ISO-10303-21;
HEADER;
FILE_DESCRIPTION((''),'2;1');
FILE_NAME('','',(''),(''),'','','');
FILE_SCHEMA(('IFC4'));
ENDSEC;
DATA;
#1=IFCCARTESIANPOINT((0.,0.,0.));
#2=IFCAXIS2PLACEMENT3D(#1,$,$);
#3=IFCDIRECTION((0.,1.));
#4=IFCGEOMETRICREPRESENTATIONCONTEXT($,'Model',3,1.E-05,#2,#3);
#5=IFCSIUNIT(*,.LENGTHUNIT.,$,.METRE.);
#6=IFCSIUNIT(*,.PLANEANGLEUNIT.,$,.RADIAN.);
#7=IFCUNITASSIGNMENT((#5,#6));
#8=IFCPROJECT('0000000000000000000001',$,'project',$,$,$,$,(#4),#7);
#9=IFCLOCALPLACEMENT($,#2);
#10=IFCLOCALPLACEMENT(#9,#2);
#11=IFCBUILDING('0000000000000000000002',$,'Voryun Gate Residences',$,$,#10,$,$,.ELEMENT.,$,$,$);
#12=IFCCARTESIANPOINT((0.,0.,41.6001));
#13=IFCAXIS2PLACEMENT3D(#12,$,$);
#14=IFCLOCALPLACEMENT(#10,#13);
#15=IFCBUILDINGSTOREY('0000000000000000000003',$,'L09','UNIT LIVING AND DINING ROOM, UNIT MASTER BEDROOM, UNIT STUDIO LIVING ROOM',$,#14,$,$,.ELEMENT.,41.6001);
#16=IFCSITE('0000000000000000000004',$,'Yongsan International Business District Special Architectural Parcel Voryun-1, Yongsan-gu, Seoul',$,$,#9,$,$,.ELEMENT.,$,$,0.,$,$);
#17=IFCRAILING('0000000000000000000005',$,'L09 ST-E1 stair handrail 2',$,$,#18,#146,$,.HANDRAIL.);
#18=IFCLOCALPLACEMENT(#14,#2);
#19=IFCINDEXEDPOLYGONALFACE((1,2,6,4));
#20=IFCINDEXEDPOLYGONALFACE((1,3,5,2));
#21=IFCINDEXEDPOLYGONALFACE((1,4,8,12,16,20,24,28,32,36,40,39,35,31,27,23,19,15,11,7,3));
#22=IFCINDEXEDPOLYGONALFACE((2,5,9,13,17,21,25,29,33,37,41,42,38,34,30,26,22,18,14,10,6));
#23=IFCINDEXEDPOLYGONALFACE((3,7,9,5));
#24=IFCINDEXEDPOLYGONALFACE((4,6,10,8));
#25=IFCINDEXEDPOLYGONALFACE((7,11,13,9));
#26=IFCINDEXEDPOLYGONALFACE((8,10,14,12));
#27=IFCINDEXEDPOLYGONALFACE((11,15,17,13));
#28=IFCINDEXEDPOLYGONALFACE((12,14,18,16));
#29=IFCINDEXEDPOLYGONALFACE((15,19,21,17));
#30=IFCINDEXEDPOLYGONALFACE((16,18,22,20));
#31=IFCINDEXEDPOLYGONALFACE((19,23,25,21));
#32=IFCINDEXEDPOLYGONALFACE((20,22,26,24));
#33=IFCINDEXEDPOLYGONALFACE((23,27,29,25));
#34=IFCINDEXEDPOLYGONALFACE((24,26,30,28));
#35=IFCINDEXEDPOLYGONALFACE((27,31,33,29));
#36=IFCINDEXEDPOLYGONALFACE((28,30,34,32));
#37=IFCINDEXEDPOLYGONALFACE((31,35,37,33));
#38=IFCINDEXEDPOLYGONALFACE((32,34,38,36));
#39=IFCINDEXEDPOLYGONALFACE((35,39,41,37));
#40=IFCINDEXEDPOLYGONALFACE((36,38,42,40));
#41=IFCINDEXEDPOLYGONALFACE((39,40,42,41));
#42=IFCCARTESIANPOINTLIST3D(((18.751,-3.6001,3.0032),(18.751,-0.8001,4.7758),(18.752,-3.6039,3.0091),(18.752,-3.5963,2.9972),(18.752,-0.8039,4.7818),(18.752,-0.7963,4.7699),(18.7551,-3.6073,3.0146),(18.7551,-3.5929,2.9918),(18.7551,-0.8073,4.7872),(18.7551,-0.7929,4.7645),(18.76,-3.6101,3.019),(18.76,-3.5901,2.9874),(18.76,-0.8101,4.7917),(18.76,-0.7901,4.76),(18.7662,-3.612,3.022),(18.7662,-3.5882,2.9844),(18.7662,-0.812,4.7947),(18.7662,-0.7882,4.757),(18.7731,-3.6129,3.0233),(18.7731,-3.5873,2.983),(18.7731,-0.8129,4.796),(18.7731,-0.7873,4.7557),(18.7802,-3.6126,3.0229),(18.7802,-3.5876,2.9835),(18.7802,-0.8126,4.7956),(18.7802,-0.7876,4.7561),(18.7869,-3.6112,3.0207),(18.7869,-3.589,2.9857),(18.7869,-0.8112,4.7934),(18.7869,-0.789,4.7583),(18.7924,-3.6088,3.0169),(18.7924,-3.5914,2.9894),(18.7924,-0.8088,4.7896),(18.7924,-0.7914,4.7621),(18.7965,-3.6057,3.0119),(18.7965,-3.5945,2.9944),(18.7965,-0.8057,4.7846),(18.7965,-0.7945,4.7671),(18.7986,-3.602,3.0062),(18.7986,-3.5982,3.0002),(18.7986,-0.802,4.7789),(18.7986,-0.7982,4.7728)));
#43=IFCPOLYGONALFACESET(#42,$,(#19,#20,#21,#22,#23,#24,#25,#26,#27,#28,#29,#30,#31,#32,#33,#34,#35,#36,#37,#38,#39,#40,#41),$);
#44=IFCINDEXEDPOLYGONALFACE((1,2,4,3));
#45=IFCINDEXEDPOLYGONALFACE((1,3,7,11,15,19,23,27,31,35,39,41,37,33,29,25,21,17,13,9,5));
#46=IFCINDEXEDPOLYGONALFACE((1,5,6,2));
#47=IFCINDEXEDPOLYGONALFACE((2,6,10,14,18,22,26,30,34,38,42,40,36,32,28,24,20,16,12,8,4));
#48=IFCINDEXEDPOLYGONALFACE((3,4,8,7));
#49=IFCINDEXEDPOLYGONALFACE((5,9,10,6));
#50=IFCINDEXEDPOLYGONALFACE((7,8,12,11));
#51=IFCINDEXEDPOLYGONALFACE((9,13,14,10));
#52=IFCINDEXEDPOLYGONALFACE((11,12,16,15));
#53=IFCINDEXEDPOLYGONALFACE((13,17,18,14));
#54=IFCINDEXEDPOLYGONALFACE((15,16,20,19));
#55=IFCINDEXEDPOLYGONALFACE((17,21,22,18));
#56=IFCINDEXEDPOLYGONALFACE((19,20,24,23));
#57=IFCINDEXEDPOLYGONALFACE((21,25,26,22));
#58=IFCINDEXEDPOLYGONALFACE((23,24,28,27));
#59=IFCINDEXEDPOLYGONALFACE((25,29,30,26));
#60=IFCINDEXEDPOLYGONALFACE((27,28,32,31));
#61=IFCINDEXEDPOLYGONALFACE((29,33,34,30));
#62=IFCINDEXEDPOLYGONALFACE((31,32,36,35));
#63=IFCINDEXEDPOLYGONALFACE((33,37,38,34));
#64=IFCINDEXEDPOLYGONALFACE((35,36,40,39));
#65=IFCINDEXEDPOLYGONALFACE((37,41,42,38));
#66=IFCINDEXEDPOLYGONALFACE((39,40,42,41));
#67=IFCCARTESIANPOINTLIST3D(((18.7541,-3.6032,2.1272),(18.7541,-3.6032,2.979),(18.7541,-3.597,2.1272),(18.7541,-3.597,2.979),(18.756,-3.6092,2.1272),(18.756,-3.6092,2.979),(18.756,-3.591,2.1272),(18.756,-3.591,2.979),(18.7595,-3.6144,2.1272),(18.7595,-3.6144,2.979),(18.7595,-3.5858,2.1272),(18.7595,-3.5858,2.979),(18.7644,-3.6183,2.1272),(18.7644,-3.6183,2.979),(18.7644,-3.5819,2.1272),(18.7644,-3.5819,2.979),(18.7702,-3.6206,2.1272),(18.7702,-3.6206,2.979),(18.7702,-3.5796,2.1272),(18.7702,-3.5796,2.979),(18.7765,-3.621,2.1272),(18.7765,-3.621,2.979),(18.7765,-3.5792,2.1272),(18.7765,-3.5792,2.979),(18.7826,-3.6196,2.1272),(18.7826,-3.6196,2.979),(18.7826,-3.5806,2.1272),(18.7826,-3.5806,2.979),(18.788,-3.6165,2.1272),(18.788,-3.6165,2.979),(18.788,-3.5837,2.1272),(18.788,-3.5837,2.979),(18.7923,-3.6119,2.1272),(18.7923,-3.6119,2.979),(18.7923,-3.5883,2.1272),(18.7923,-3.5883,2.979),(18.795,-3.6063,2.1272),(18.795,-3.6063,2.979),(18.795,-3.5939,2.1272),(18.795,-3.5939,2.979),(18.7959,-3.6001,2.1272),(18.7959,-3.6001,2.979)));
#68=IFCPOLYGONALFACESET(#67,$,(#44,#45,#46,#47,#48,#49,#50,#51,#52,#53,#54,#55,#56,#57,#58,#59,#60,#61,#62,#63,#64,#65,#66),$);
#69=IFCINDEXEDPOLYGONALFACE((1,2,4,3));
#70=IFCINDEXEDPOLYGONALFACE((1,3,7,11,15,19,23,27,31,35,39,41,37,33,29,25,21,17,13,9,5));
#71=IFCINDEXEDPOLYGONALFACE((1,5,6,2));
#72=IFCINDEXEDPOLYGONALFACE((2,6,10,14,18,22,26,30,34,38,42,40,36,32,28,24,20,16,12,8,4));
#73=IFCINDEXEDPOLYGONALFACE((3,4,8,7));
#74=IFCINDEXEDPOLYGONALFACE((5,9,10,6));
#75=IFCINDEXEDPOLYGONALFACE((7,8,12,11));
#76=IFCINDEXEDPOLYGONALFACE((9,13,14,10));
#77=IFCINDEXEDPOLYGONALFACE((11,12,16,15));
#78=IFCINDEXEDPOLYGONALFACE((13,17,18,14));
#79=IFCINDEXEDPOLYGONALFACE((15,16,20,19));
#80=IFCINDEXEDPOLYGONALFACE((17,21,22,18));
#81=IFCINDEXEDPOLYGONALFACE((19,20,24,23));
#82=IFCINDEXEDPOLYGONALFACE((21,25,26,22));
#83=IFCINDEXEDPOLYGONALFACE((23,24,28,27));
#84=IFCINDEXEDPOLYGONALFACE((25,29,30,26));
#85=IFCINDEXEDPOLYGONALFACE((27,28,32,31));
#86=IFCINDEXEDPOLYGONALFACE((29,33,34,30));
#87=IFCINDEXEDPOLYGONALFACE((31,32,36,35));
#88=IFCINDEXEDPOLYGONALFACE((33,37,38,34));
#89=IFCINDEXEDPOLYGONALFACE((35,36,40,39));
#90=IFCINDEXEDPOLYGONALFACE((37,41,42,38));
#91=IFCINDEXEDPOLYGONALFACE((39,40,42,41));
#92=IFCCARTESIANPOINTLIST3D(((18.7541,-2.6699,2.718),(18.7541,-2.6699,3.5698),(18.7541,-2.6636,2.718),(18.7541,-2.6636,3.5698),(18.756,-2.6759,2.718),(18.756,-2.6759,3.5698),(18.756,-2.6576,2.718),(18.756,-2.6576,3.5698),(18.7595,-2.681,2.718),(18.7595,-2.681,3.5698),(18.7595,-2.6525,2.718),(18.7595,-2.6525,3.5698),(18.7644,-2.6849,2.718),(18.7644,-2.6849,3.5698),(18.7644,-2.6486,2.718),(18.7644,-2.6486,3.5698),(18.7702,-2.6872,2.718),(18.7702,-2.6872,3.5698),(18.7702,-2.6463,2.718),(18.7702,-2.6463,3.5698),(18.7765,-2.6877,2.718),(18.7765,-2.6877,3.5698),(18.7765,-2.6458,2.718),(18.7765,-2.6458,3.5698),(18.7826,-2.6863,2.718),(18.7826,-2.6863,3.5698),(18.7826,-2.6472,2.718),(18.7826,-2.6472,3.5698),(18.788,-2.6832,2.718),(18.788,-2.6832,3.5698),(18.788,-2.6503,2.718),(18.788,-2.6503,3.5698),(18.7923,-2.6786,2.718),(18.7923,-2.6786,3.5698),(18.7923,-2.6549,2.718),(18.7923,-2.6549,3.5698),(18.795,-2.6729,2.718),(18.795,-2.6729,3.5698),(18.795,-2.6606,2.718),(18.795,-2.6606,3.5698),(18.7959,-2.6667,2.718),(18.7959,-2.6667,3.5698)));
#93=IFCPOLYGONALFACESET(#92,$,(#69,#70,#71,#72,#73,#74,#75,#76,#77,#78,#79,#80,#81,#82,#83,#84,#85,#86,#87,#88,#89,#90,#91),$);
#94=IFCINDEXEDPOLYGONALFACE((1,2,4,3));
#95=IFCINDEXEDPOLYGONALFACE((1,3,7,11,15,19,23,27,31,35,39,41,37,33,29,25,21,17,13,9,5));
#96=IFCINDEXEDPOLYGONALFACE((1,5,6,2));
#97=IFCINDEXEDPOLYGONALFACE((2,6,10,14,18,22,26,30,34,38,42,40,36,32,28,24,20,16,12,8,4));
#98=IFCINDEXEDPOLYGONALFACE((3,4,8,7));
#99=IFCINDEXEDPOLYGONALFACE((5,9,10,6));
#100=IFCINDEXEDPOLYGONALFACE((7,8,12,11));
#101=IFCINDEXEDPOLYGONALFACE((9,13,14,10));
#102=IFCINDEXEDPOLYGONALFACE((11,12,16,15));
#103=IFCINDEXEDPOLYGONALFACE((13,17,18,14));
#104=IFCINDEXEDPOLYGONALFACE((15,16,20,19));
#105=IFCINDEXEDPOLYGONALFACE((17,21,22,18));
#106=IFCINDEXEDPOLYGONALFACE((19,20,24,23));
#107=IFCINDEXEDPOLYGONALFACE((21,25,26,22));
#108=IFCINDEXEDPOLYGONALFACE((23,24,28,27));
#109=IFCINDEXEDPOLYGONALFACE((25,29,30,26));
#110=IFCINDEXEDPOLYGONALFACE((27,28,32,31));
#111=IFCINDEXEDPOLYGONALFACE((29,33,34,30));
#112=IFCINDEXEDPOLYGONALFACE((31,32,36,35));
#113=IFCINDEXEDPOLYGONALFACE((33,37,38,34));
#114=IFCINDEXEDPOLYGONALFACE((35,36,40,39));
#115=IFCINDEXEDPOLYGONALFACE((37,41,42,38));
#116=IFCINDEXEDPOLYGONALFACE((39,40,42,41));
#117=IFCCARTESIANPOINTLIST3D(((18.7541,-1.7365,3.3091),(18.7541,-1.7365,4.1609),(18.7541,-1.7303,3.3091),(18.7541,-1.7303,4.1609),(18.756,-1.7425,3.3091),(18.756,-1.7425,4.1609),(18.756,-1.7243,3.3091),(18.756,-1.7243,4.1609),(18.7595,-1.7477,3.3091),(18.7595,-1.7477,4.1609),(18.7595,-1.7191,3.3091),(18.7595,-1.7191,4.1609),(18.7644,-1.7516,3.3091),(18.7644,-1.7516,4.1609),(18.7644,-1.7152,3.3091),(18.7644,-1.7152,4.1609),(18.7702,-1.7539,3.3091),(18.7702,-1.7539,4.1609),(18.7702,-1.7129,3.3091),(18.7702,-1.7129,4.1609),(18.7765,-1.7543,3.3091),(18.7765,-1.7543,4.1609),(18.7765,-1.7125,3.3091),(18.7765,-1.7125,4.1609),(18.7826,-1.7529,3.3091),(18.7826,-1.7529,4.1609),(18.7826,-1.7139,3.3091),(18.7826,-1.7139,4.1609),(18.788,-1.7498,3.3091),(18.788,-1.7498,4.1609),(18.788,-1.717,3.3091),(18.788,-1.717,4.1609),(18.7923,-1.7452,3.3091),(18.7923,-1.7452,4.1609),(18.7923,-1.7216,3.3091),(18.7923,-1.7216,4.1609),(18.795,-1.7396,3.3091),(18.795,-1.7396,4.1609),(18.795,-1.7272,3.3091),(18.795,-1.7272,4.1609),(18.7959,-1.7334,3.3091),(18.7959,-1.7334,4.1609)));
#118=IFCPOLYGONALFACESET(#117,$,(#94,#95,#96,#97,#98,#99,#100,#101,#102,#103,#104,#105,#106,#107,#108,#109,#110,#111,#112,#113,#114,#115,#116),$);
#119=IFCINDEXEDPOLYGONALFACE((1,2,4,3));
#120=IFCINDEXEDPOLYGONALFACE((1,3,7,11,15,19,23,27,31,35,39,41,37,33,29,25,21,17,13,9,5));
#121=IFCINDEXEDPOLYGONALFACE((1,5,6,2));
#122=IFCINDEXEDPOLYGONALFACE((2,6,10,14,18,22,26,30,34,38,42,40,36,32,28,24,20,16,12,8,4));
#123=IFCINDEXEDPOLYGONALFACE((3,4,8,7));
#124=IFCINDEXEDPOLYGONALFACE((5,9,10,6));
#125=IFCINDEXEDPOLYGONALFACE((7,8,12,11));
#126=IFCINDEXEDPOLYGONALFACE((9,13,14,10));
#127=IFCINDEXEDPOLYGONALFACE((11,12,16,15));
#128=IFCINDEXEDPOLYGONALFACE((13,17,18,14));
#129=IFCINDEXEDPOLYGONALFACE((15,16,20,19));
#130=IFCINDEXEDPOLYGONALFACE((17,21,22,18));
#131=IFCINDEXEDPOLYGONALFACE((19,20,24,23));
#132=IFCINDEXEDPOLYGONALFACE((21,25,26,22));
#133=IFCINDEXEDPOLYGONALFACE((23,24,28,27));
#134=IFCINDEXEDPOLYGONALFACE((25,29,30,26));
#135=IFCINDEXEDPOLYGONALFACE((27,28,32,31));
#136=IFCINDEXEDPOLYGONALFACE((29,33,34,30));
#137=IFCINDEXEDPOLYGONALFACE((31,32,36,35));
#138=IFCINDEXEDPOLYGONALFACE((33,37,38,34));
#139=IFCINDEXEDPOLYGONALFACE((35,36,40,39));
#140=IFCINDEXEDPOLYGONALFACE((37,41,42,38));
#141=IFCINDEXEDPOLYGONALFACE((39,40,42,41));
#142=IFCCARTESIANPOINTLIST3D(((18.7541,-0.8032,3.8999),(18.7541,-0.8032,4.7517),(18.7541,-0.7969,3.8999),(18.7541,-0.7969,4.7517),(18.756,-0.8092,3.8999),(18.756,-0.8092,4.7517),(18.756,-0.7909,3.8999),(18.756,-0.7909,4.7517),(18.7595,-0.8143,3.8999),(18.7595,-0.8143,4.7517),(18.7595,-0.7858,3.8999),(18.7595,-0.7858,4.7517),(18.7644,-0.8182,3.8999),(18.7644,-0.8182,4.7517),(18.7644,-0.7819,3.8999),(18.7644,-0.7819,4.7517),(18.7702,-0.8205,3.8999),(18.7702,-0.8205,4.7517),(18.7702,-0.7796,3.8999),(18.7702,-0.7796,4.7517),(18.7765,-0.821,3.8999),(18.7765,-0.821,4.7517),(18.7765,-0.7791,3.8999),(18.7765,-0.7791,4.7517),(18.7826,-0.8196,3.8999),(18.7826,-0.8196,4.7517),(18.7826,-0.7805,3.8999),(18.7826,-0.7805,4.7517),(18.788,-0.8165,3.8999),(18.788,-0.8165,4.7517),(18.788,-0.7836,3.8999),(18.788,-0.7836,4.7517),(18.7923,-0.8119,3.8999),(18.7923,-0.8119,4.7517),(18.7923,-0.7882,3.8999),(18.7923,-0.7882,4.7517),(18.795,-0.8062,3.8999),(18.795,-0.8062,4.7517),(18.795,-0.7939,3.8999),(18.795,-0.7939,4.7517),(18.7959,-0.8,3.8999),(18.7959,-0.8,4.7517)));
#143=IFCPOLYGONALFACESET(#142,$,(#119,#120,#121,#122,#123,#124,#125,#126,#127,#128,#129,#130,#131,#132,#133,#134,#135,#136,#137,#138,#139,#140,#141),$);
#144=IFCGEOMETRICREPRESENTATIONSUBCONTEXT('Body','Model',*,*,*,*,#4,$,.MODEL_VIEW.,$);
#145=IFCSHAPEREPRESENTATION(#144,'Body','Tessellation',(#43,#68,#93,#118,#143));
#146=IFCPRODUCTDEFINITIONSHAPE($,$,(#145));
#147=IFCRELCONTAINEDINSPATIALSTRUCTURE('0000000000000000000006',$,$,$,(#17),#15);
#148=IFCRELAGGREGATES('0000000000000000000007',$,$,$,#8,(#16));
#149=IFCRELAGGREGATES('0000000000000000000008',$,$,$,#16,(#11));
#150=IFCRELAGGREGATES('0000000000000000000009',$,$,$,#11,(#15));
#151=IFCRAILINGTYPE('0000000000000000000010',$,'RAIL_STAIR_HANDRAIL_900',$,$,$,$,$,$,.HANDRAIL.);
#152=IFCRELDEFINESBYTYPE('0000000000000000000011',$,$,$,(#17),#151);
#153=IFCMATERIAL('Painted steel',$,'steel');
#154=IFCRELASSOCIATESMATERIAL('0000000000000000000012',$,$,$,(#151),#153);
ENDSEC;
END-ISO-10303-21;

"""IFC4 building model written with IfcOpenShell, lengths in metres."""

from ifc_helpers import new_model, si_unit, direction, frame, origin, origin_2d, place, context, subcontext, project, spatial, circle, extrude, material, type_object, element, save


model = new_model("IFC4")

# Units and contexts
model_context = context("Model", 3, precision=1e-05, world=origin(), true_north=direction((0.0, 1.0)))
body_context = subcontext(model_context, "Body", "Model", "MODEL_VIEW")
ifc_project = project(units=[si_unit("LENGTHUNIT", "METRE"), si_unit("PLANEANGLEUNIT", "RADIAN")], contexts=[model_context])

# Site, building, storey
site_placement = place(None, origin())
site = spatial("IfcSite", under=ifc_project, at=site_placement, Name="Yongsan International Business District Special Architectural Parcel Voryun-1, Yongsan-gu, Seoul", CompositionType="ELEMENT", RefElevation=0.0)
building_placement = place(site_placement, origin())
building = spatial("IfcBuilding", under=site, at=building_placement, Name="Voryun Gate Residences", CompositionType="ELEMENT")
storey_placement = place(building_placement, frame((0.0, 0.0, 41.6001)))
storey = spatial("IfcBuildingStorey", under=building, at=storey_placement, Name="L09", Description="UNIT LIVING AND DINING ROOM, UNIT MASTER BEDROOM, UNIT STUDIO LIVING ROOM", CompositionType="ELEMENT", Elevation=41.6001)

# Railing
ifc_material_1 = material(Name="Painted steel", Category="steel")
railing_type_1 = type_object("IfcRailingType", Name="RAIL_STAIR_HANDRAIL_900", PredefinedType="HANDRAIL", material=ifc_material_1)
railing_1_placement = place(storey_placement, frame((18.7749, -3.6001, 2.1272)))
element("IfcRailing", 1, at=railing_1_placement, inside=storey, type_object=railing_type_1, Name="L09 ST-E1 stair handrail 2", PredefinedType="HANDRAIL", context=body_context, shape_type="SweptSolid", body=[
    extrude(circle(Radius=0.0239, at=origin_2d()), frame((0.0, 0.0, 0.876), z_axis=(0.0, 0.844909, 0.53491), x_axis=(-1.0, 0.0, 0.0)), (0.0, 0.0, 1.0), 3.314),
    extrude(circle(Radius=0.021, at=origin_2d()), origin(), (0.0, 0.0, 1.0), 0.8518),
    extrude(circle(Radius=0.021, at=origin_2d()), frame((0.0, 0.9333, 0.5908)), (0.0, 0.0, 1.0), 0.8518),
    extrude(circle(Radius=0.021, at=origin_2d()), frame((0.0, 1.8667, 1.1819)), (0.0, 0.0, 1.0), 0.8518),
    extrude(circle(Radius=0.021, at=origin_2d()), frame((0.0, 2.8, 1.7727)), (0.0, 0.0, 1.0), 0.8518),
])

save(model, "model.ifc")
